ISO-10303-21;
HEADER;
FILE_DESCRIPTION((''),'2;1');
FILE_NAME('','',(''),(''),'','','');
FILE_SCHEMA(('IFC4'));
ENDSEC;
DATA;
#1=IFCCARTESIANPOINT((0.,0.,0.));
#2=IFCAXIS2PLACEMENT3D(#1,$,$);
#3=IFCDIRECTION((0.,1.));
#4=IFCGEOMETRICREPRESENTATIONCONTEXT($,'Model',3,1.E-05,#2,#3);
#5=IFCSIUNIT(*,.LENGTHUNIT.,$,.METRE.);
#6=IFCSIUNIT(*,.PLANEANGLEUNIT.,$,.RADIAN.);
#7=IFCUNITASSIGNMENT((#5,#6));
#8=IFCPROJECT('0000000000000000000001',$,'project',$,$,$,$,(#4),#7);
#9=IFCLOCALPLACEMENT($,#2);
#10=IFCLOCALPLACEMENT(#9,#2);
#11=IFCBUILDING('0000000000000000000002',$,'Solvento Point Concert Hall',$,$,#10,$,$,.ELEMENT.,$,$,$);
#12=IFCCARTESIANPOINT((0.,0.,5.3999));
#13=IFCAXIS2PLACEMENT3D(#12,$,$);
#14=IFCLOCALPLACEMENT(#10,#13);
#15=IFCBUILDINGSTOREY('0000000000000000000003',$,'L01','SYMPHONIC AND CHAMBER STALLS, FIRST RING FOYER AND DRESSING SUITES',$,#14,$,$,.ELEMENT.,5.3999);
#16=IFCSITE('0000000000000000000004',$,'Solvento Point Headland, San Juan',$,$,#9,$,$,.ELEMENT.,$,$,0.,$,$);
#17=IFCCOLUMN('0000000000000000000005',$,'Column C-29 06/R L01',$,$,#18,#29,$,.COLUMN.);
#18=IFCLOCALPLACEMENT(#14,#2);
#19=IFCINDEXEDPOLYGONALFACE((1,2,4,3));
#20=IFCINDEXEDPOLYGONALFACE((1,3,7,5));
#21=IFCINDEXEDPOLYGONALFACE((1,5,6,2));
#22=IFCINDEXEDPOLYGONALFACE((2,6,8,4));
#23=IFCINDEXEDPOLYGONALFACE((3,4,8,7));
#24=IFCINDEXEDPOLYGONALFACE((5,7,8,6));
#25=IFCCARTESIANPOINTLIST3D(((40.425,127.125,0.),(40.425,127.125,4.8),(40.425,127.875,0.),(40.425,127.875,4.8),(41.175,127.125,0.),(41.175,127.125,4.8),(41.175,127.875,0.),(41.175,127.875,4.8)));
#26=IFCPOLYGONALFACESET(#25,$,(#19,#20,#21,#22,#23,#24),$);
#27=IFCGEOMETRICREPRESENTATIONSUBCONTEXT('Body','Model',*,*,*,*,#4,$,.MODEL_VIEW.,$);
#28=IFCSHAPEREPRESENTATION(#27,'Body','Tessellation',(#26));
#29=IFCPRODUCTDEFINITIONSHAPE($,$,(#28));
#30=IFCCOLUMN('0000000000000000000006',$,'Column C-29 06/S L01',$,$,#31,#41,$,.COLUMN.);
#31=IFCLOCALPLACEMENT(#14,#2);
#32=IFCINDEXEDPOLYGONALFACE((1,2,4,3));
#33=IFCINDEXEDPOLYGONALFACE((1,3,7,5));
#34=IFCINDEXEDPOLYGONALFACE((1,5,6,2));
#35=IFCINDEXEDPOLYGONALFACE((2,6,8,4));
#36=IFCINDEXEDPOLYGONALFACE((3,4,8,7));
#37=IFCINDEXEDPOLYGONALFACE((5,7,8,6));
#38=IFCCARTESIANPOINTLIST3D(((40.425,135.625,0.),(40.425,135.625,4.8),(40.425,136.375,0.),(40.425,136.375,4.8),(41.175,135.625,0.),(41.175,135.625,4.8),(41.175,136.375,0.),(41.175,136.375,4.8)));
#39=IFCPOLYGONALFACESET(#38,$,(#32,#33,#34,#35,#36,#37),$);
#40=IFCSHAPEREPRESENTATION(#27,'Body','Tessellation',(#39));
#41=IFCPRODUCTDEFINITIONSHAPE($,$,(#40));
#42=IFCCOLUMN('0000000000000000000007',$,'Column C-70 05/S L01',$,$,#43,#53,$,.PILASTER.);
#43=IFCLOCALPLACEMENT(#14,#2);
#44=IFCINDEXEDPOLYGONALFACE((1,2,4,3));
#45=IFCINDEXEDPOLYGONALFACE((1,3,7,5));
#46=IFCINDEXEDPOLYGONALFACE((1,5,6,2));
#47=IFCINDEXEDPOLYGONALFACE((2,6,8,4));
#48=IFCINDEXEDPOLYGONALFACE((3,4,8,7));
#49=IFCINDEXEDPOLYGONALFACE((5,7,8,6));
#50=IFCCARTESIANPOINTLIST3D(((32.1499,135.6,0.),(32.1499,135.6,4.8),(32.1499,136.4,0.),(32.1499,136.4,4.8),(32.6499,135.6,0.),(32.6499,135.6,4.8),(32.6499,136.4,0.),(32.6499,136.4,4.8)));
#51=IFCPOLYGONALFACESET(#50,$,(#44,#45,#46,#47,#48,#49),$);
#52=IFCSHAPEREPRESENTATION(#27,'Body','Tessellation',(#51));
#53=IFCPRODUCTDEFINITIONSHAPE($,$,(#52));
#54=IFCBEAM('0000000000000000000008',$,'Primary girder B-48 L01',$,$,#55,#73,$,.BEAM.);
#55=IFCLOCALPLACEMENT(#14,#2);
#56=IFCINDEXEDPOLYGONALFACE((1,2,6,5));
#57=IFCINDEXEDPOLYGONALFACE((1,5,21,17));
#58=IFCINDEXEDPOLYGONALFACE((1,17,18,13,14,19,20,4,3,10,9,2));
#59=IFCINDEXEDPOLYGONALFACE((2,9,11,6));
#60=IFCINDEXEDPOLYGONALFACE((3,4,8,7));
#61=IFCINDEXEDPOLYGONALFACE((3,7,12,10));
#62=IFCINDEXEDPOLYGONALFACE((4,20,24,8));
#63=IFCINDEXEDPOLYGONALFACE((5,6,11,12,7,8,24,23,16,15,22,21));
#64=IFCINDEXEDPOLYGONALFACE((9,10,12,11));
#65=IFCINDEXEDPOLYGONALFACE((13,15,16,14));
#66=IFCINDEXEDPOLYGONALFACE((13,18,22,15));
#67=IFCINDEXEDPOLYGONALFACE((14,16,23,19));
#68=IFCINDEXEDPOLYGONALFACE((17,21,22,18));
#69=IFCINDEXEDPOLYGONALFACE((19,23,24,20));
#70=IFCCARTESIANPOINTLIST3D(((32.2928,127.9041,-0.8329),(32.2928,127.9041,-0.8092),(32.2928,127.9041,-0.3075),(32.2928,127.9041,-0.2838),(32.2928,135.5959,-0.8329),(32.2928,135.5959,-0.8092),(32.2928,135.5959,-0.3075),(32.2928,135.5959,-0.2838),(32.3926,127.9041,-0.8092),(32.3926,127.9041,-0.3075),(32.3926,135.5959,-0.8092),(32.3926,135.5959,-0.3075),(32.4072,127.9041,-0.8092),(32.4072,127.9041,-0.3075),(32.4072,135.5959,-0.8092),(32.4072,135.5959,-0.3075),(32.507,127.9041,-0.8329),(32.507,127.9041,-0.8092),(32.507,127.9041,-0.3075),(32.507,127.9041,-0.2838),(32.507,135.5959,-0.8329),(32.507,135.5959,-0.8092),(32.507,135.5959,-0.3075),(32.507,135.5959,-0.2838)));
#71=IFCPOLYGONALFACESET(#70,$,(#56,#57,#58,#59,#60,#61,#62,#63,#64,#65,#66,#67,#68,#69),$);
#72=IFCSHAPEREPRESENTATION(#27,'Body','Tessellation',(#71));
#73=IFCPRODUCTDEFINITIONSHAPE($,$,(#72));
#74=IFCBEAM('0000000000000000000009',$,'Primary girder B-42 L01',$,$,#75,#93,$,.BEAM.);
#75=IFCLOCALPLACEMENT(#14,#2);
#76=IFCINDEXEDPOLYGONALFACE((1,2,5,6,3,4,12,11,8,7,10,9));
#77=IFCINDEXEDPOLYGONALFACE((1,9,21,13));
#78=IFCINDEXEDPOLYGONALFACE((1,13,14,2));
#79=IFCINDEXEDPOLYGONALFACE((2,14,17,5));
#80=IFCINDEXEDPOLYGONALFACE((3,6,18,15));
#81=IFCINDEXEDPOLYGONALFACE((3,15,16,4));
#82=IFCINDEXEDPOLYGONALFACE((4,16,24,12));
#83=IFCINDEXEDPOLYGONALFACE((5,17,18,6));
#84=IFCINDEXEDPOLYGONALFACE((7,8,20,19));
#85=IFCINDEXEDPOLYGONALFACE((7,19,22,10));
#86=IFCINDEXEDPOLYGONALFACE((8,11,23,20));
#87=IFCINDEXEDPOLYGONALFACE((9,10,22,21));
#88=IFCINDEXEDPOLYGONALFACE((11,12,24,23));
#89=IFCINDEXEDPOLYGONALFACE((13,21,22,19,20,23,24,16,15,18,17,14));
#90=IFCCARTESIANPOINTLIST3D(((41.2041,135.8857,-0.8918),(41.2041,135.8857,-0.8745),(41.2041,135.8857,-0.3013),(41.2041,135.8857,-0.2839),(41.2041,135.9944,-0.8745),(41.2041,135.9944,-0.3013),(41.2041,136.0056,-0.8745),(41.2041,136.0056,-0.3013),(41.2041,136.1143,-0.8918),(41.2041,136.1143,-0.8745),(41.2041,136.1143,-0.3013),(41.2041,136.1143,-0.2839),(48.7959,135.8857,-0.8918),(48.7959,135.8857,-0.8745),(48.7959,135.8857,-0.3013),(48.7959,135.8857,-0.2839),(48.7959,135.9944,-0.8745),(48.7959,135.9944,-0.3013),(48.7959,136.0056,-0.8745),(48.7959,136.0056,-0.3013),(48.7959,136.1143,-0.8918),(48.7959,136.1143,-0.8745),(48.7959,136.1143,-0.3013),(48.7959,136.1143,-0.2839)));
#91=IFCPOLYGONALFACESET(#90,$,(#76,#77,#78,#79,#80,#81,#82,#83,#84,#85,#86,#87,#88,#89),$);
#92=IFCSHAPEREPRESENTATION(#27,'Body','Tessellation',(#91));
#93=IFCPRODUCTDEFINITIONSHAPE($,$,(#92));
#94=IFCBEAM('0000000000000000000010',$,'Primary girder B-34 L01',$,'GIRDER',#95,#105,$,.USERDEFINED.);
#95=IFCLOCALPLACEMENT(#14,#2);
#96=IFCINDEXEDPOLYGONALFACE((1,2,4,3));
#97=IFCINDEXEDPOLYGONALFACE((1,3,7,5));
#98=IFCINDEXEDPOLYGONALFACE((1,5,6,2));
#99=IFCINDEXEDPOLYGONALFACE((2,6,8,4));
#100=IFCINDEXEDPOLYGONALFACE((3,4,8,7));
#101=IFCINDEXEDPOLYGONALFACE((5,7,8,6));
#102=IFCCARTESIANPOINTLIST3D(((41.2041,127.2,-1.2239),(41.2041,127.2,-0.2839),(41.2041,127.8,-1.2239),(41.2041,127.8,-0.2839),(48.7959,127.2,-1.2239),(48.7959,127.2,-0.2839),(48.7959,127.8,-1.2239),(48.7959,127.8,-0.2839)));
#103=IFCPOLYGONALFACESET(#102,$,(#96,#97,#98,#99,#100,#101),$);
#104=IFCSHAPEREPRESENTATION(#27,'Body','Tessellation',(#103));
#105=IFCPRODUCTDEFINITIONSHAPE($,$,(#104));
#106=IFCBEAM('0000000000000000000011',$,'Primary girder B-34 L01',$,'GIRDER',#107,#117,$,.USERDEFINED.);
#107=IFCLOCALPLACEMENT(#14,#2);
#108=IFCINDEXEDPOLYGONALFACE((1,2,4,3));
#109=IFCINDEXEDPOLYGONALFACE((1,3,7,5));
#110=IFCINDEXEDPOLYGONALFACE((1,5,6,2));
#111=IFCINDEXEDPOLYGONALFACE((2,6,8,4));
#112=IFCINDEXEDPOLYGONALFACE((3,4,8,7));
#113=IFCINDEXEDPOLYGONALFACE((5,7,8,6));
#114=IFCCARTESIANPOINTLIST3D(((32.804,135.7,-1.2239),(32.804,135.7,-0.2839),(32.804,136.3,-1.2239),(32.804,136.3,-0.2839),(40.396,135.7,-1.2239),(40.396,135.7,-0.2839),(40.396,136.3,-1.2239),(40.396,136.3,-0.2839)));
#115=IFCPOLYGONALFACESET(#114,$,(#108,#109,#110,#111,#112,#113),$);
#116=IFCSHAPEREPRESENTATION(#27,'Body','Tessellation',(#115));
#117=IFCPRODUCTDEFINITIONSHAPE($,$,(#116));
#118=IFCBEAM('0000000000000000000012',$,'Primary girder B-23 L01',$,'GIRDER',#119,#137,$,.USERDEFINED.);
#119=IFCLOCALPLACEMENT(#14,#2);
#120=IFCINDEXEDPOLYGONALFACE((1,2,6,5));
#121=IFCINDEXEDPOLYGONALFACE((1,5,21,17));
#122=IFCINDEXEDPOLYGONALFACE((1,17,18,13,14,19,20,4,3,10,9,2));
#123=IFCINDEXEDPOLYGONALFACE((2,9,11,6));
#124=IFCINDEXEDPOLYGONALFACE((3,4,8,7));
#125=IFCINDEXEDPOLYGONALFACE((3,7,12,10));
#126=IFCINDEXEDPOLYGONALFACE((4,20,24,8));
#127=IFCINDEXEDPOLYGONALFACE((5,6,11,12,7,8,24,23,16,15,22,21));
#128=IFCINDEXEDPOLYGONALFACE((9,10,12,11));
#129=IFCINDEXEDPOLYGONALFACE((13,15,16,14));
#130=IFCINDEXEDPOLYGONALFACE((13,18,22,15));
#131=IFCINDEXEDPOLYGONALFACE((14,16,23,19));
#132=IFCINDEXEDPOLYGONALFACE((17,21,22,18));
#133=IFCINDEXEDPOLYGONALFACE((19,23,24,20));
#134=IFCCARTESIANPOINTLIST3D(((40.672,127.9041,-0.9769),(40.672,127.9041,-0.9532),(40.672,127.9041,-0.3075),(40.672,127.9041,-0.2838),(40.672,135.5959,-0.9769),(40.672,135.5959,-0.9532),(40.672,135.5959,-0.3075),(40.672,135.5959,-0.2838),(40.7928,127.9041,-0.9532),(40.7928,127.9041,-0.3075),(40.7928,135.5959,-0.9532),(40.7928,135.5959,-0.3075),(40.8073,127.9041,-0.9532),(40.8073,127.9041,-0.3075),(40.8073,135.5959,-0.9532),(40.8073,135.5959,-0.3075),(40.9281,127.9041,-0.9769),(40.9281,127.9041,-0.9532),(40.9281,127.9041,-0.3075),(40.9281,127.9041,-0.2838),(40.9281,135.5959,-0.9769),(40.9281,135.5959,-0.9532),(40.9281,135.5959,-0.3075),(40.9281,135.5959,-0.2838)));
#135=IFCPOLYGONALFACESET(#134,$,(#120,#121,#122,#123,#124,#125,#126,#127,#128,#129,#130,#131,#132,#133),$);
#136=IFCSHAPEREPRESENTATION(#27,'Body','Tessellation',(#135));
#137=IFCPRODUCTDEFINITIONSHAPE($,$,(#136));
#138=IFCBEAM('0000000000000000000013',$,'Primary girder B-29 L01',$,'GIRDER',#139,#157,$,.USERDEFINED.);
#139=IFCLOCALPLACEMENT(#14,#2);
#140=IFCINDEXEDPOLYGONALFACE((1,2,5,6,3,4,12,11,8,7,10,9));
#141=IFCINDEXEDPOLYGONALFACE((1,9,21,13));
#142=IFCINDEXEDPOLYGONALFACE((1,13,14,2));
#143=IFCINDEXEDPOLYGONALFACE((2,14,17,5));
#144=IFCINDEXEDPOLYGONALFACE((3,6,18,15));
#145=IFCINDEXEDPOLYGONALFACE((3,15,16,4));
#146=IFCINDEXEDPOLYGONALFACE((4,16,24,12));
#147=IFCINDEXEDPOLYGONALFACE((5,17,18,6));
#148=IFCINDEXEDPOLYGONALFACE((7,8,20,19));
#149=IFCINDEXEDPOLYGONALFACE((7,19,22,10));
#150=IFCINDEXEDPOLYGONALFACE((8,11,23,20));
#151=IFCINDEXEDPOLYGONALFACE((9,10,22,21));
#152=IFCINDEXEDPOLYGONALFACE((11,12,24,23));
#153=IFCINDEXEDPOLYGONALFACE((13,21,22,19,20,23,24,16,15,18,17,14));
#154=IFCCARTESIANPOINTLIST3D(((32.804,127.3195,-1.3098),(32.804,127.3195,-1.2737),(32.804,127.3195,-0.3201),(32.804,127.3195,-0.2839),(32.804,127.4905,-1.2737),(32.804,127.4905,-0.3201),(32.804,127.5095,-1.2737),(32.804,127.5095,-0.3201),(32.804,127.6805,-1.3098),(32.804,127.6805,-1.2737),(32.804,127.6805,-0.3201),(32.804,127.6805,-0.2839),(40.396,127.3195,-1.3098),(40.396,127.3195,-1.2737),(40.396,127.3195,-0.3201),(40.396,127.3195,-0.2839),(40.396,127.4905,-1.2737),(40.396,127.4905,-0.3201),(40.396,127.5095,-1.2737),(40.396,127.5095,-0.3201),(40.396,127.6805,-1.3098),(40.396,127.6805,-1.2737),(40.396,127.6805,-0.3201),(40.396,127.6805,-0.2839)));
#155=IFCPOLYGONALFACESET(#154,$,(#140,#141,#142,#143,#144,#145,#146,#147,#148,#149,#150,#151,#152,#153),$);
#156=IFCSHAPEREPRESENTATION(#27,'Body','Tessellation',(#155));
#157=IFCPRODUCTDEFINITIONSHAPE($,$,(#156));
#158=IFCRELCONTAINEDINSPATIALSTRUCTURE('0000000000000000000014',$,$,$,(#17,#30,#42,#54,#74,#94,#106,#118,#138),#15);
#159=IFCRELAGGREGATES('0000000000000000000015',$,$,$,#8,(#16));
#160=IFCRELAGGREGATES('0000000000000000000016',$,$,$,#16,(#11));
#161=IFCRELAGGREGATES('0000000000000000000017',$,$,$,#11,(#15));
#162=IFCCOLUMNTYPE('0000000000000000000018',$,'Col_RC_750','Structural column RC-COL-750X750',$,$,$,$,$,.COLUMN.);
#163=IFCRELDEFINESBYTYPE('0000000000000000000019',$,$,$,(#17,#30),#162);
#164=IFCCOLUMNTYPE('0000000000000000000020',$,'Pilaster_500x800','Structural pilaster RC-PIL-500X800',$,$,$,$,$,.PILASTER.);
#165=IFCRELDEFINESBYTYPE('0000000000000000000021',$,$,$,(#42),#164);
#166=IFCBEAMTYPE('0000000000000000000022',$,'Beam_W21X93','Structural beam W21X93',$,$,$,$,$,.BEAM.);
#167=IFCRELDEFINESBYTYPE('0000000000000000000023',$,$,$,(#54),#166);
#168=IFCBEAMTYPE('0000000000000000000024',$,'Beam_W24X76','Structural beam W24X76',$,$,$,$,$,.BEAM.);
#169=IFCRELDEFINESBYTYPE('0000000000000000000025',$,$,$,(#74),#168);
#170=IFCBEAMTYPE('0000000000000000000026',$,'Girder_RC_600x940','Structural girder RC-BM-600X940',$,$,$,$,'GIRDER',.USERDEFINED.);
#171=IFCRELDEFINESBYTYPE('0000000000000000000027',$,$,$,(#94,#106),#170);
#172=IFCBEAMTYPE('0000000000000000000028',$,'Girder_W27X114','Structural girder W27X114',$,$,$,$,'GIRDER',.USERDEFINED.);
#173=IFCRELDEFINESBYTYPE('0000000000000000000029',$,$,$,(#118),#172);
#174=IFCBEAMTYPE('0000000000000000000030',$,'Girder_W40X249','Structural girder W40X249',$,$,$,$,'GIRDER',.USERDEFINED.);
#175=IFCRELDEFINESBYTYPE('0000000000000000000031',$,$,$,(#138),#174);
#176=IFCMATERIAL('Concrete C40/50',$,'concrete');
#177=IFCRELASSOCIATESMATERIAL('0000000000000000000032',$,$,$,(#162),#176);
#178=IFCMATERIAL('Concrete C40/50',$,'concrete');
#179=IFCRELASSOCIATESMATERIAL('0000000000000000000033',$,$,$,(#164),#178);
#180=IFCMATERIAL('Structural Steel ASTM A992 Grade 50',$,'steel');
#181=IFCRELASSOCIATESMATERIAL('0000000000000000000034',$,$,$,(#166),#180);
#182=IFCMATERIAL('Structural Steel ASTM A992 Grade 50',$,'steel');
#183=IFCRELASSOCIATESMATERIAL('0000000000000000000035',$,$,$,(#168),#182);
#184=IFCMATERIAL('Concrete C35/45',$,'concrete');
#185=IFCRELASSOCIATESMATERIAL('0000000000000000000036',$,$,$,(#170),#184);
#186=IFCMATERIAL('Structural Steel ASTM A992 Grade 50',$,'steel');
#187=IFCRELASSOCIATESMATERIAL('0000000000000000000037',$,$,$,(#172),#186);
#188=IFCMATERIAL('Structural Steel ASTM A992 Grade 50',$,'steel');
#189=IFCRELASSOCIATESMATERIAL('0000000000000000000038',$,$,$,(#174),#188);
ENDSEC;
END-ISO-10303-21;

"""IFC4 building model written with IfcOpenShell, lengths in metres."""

from ifc_helpers import new_model, si_unit, direction, frame, origin, origin_2d, place, context, subcontext, project, spatial, rectangle, i_section, extrude, material, material_profile, profile_set, type_object, element, save


model = new_model("IFC4")

# Units and contexts
model_context = context("Model", 3, precision=1e-05, world=origin(), true_north=direction((0.0, 1.0)))
body_context = subcontext(model_context, "Body", "Model", "MODEL_VIEW")
ifc_project = project(units=[si_unit("LENGTHUNIT", "METRE"), si_unit("PLANEANGLEUNIT", "RADIAN")], contexts=[model_context])

# Site, building, storey
site_placement = place(None, origin())
site = spatial("IfcSite", under=ifc_project, at=site_placement, Name="Solvento Point Headland, San Juan", CompositionType="ELEMENT", RefElevation=0.0)
building_placement = place(site_placement, origin())
building = spatial("IfcBuilding", under=site, at=building_placement, Name="Solvento Point Concert Hall", CompositionType="ELEMENT")
storey_placement = place(building_placement, frame((0.0, 0.0, 5.3999)))
storey = spatial("IfcBuildingStorey", under=building, at=storey_placement, Name="L01", Description="SYMPHONIC AND CHAMBER STALLS, FIRST RING FOYER AND DRESSING SUITES", CompositionType="ELEMENT", Elevation=5.3999)

# Columns
ifc_material_1 = material(Name="Concrete C40/50", Category="concrete")
ifc_material_profile_1 = material_profile(ifc_material_1, rectangle(XDim=0.75, YDim=0.75, at=origin_2d()), Name="RC-COL-750X750")
ifc_profile_set_1 = profile_set([ifc_material_profile_1], Name="Concrete C40/50")
column_type_1 = type_object("IfcColumnType", Name="Col_RC_750", Description="Structural column RC-COL-750X750", PredefinedType="COLUMN", material=ifc_profile_set_1)
for number, where, z_axis, x_axis, name in (
    (1, (40.8, 127.5, 0.0), (0.0, 0.0, 1.0), (1.0, 0.0, 0.0), "Column C-29 06/R L01"),
    (2, (40.8, 136.0, 0.0), (0.0, 0.0, 1.0), (1.0, 0.0, 0.0), "Column C-29 06/S L01"),
):
    element("IfcColumn", number, at=place(storey_placement, frame(where, z_axis=z_axis, x_axis=x_axis)), inside=storey, type_object=column_type_1, Name=name, PredefinedType="COLUMN", context=body_context, shape_type="SweptSolid", body=[
        extrude(rectangle(XDim=0.75, YDim=0.75, at=origin_2d()), origin(), (0.0, 0.0, 1.0), 4.8),
    ])
ifc_material_2 = material(Name="Concrete C40/50", Category="concrete")
ifc_material_profile_2 = material_profile(ifc_material_2, rectangle(XDim=0.5, YDim=0.8, at=origin_2d()), Name="RC-PIL-500X800")
ifc_profile_set_2 = profile_set([ifc_material_profile_2], Name="Concrete C40/50")
column_type_2 = type_object("IfcColumnType", Name="Pilaster_500x800", Description="Structural pilaster RC-PIL-500X800", PredefinedType="PILASTER", material=ifc_profile_set_2)
column_placement = place(storey_placement, frame((32.3999, 136.0, 0.0), z_axis=(0.0, 0.0, 1.0), x_axis=(1.0, 0.0, 0.0)))
element("IfcColumn", 3, at=column_placement, inside=storey, type_object=column_type_2, Name="Column C-70 05/S L01", PredefinedType="PILASTER", context=body_context, shape_type="SweptSolid", body=[
    extrude(rectangle(XDim=0.5, YDim=0.8, at=origin_2d()), origin(), (0.0, 0.0, 1.0), 4.8),
])

# Beams
ifc_material_3 = material(Name="Structural Steel ASTM A992 Grade 50", Category="steel")
ifc_material_profile_3 = material_profile(ifc_material_3, i_section(OverallWidth=0.2141, OverallDepth=0.5491, WebThickness=0.0146, FlangeThickness=0.0237, at=origin_2d()), Name="W21X93")
ifc_profile_set_3 = profile_set([ifc_material_profile_3], Name="Structural Steel ASTM A992 Grade 50")
beam_type_1 = type_object("IfcBeamType", Name="Beam_W21X93", Description="Structural beam W21X93", PredefinedType="BEAM", material=ifc_profile_set_3)
beam_1_placement = place(storey_placement, frame((32.3999, 127.9041, -0.5583), z_axis=(0.0, 1.0, 0.0), x_axis=(-1.0, 0.0, 0.0)))
element("IfcBeam", 4, at=beam_1_placement, inside=storey, type_object=beam_type_1, Name="Primary girder B-48 L01", PredefinedType="BEAM", context=body_context, shape_type="SweptSolid", body=[
    extrude(i_section(OverallWidth=0.2141, OverallDepth=0.5491, WebThickness=0.0146, FlangeThickness=0.0237, at=origin_2d()), origin(), (0.0, 0.0, 1.0), 7.6919),
])
ifc_material_4 = material(Name="Structural Steel ASTM A992 Grade 50", Category="steel")
ifc_material_profile_4 = material_profile(ifc_material_4, i_section(OverallWidth=0.2285, OverallDepth=0.6079, WebThickness=0.0112, FlangeThickness=0.0173, at=origin_2d()), Name="W24X76")
ifc_profile_set_4 = profile_set([ifc_material_profile_4], Name="Structural Steel ASTM A992 Grade 50")
beam_type_2 = type_object("IfcBeamType", Name="Beam_W24X76", Description="Structural beam W24X76", PredefinedType="BEAM", material=ifc_profile_set_4)
beam_2_placement = place(storey_placement, frame((41.2041, 136.0, -0.5879), z_axis=(1.0, 0.0, 0.0), x_axis=(0.0, 1.0, 0.0)))
element("IfcBeam", 5, at=beam_2_placement, inside=storey, type_object=beam_type_2, Name="Primary girder B-42 L01", PredefinedType="BEAM", context=body_context, shape_type="SweptSolid", body=[
    extrude(i_section(OverallWidth=0.2285, OverallDepth=0.6079, WebThickness=0.0112, FlangeThickness=0.0173, at=origin_2d()), origin(), (0.0, 0.0, 1.0), 7.5918),
])
ifc_material_5 = material(Name="Concrete C35/45", Category="concrete")
ifc_material_profile_5 = material_profile(ifc_material_5, rectangle(XDim=0.6001, YDim=0.9399, at=origin_2d()), Name="RC-BM-600X940")
ifc_profile_set_5 = profile_set([ifc_material_profile_5], Name="Concrete C35/45")
beam_type_3 = type_object("IfcBeamType", Name="Girder_RC_600x940", Description="Structural girder RC-BM-600X940", ElementType="GIRDER", PredefinedType="USERDEFINED", material=ifc_profile_set_5)
beam_3_placement = place(storey_placement, frame((41.2041, 127.5, -0.7539), z_axis=(1.0, 0.0, 0.0), x_axis=(0.0, 1.0, 0.0)))
element("IfcBeam", 6, at=beam_3_placement, inside=storey, type_object=beam_type_3, Name="Primary girder B-34 L01", ObjectType="GIRDER", PredefinedType="USERDEFINED", context=body_context, shape_type="SweptSolid", body=[
    extrude(rectangle(XDim=0.6001, YDim=0.9399, at=origin_2d()), origin(), (0.0, 0.0, 1.0), 7.5918),
])
beam_4_placement = place(storey_placement, frame((32.804, 136.0, -0.7539), z_axis=(1.0, 0.0, 0.0), x_axis=(0.0, 1.0, 0.0)))
element("IfcBeam", 7, at=beam_4_placement, inside=storey, type_object=beam_type_3, Name="Primary girder B-34 L01", ObjectType="GIRDER", PredefinedType="USERDEFINED", context=body_context, shape_type="SweptSolid", body=[
    extrude(rectangle(XDim=0.6001, YDim=0.9399, at=origin_2d()), origin(), (0.0, 0.0, 1.0), 7.592),
])
ifc_material_6 = material(Name="Structural Steel ASTM A992 Grade 50", Category="steel")
ifc_material_profile_6 = material_profile(ifc_material_6, i_section(OverallWidth=0.2561, OverallDepth=0.6931, WebThickness=0.0144, FlangeThickness=0.0237, at=origin_2d()), Name="W27X114")
ifc_profile_set_6 = profile_set([ifc_material_profile_6], Name="Structural Steel ASTM A992 Grade 50")
beam_type_4 = type_object("IfcBeamType", Name="Girder_W27X114", Description="Structural girder W27X114", ElementType="GIRDER", PredefinedType="USERDEFINED", material=ifc_profile_set_6)
beam_5_placement = place(storey_placement, frame((40.8, 127.9041, -0.6304), z_axis=(0.0, 1.0, 0.0), x_axis=(-1.0, 0.0, 0.0)))
element("IfcBeam", 8, at=beam_5_placement, inside=storey, type_object=beam_type_4, Name="Primary girder B-23 L01", ObjectType="GIRDER", PredefinedType="USERDEFINED", context=body_context, shape_type="SweptSolid", body=[
    extrude(i_section(OverallWidth=0.2561, OverallDepth=0.6931, WebThickness=0.0144, FlangeThickness=0.0237, at=origin_2d()), origin(), (0.0, 0.0, 1.0), 7.6919),
])
ifc_material_7 = material(Name="Structural Steel ASTM A992 Grade 50", Category="steel")
ifc_material_profile_7 = material_profile(ifc_material_7, i_section(OverallWidth=0.3611, OverallDepth=1.0259, WebThickness=0.019, FlangeThickness=0.0361, at=origin_2d()), Name="W40X249")
ifc_profile_set_7 = profile_set([ifc_material_profile_7], Name="Structural Steel ASTM A992 Grade 50")
beam_type_5 = type_object("IfcBeamType", Name="Girder_W40X249", Description="Structural girder W40X249", ElementType="GIRDER", PredefinedType="USERDEFINED", material=ifc_profile_set_7)
beam_6_placement = place(storey_placement, frame((32.804, 127.5, -0.7969), z_axis=(1.0, 0.0, 0.0), x_axis=(0.0, 1.0, 0.0)))
element("IfcBeam", 9, at=beam_6_placement, inside=storey, type_object=beam_type_5, Name="Primary girder B-29 L01", ObjectType="GIRDER", PredefinedType="USERDEFINED", context=body_context, shape_type="SweptSolid", body=[
    extrude(i_section(OverallWidth=0.3611, OverallDepth=1.0259, WebThickness=0.019, FlangeThickness=0.0361, at=origin_2d()), origin(), (0.0, 0.0, 1.0), 7.592),
])

save(model, "model.ifc")
